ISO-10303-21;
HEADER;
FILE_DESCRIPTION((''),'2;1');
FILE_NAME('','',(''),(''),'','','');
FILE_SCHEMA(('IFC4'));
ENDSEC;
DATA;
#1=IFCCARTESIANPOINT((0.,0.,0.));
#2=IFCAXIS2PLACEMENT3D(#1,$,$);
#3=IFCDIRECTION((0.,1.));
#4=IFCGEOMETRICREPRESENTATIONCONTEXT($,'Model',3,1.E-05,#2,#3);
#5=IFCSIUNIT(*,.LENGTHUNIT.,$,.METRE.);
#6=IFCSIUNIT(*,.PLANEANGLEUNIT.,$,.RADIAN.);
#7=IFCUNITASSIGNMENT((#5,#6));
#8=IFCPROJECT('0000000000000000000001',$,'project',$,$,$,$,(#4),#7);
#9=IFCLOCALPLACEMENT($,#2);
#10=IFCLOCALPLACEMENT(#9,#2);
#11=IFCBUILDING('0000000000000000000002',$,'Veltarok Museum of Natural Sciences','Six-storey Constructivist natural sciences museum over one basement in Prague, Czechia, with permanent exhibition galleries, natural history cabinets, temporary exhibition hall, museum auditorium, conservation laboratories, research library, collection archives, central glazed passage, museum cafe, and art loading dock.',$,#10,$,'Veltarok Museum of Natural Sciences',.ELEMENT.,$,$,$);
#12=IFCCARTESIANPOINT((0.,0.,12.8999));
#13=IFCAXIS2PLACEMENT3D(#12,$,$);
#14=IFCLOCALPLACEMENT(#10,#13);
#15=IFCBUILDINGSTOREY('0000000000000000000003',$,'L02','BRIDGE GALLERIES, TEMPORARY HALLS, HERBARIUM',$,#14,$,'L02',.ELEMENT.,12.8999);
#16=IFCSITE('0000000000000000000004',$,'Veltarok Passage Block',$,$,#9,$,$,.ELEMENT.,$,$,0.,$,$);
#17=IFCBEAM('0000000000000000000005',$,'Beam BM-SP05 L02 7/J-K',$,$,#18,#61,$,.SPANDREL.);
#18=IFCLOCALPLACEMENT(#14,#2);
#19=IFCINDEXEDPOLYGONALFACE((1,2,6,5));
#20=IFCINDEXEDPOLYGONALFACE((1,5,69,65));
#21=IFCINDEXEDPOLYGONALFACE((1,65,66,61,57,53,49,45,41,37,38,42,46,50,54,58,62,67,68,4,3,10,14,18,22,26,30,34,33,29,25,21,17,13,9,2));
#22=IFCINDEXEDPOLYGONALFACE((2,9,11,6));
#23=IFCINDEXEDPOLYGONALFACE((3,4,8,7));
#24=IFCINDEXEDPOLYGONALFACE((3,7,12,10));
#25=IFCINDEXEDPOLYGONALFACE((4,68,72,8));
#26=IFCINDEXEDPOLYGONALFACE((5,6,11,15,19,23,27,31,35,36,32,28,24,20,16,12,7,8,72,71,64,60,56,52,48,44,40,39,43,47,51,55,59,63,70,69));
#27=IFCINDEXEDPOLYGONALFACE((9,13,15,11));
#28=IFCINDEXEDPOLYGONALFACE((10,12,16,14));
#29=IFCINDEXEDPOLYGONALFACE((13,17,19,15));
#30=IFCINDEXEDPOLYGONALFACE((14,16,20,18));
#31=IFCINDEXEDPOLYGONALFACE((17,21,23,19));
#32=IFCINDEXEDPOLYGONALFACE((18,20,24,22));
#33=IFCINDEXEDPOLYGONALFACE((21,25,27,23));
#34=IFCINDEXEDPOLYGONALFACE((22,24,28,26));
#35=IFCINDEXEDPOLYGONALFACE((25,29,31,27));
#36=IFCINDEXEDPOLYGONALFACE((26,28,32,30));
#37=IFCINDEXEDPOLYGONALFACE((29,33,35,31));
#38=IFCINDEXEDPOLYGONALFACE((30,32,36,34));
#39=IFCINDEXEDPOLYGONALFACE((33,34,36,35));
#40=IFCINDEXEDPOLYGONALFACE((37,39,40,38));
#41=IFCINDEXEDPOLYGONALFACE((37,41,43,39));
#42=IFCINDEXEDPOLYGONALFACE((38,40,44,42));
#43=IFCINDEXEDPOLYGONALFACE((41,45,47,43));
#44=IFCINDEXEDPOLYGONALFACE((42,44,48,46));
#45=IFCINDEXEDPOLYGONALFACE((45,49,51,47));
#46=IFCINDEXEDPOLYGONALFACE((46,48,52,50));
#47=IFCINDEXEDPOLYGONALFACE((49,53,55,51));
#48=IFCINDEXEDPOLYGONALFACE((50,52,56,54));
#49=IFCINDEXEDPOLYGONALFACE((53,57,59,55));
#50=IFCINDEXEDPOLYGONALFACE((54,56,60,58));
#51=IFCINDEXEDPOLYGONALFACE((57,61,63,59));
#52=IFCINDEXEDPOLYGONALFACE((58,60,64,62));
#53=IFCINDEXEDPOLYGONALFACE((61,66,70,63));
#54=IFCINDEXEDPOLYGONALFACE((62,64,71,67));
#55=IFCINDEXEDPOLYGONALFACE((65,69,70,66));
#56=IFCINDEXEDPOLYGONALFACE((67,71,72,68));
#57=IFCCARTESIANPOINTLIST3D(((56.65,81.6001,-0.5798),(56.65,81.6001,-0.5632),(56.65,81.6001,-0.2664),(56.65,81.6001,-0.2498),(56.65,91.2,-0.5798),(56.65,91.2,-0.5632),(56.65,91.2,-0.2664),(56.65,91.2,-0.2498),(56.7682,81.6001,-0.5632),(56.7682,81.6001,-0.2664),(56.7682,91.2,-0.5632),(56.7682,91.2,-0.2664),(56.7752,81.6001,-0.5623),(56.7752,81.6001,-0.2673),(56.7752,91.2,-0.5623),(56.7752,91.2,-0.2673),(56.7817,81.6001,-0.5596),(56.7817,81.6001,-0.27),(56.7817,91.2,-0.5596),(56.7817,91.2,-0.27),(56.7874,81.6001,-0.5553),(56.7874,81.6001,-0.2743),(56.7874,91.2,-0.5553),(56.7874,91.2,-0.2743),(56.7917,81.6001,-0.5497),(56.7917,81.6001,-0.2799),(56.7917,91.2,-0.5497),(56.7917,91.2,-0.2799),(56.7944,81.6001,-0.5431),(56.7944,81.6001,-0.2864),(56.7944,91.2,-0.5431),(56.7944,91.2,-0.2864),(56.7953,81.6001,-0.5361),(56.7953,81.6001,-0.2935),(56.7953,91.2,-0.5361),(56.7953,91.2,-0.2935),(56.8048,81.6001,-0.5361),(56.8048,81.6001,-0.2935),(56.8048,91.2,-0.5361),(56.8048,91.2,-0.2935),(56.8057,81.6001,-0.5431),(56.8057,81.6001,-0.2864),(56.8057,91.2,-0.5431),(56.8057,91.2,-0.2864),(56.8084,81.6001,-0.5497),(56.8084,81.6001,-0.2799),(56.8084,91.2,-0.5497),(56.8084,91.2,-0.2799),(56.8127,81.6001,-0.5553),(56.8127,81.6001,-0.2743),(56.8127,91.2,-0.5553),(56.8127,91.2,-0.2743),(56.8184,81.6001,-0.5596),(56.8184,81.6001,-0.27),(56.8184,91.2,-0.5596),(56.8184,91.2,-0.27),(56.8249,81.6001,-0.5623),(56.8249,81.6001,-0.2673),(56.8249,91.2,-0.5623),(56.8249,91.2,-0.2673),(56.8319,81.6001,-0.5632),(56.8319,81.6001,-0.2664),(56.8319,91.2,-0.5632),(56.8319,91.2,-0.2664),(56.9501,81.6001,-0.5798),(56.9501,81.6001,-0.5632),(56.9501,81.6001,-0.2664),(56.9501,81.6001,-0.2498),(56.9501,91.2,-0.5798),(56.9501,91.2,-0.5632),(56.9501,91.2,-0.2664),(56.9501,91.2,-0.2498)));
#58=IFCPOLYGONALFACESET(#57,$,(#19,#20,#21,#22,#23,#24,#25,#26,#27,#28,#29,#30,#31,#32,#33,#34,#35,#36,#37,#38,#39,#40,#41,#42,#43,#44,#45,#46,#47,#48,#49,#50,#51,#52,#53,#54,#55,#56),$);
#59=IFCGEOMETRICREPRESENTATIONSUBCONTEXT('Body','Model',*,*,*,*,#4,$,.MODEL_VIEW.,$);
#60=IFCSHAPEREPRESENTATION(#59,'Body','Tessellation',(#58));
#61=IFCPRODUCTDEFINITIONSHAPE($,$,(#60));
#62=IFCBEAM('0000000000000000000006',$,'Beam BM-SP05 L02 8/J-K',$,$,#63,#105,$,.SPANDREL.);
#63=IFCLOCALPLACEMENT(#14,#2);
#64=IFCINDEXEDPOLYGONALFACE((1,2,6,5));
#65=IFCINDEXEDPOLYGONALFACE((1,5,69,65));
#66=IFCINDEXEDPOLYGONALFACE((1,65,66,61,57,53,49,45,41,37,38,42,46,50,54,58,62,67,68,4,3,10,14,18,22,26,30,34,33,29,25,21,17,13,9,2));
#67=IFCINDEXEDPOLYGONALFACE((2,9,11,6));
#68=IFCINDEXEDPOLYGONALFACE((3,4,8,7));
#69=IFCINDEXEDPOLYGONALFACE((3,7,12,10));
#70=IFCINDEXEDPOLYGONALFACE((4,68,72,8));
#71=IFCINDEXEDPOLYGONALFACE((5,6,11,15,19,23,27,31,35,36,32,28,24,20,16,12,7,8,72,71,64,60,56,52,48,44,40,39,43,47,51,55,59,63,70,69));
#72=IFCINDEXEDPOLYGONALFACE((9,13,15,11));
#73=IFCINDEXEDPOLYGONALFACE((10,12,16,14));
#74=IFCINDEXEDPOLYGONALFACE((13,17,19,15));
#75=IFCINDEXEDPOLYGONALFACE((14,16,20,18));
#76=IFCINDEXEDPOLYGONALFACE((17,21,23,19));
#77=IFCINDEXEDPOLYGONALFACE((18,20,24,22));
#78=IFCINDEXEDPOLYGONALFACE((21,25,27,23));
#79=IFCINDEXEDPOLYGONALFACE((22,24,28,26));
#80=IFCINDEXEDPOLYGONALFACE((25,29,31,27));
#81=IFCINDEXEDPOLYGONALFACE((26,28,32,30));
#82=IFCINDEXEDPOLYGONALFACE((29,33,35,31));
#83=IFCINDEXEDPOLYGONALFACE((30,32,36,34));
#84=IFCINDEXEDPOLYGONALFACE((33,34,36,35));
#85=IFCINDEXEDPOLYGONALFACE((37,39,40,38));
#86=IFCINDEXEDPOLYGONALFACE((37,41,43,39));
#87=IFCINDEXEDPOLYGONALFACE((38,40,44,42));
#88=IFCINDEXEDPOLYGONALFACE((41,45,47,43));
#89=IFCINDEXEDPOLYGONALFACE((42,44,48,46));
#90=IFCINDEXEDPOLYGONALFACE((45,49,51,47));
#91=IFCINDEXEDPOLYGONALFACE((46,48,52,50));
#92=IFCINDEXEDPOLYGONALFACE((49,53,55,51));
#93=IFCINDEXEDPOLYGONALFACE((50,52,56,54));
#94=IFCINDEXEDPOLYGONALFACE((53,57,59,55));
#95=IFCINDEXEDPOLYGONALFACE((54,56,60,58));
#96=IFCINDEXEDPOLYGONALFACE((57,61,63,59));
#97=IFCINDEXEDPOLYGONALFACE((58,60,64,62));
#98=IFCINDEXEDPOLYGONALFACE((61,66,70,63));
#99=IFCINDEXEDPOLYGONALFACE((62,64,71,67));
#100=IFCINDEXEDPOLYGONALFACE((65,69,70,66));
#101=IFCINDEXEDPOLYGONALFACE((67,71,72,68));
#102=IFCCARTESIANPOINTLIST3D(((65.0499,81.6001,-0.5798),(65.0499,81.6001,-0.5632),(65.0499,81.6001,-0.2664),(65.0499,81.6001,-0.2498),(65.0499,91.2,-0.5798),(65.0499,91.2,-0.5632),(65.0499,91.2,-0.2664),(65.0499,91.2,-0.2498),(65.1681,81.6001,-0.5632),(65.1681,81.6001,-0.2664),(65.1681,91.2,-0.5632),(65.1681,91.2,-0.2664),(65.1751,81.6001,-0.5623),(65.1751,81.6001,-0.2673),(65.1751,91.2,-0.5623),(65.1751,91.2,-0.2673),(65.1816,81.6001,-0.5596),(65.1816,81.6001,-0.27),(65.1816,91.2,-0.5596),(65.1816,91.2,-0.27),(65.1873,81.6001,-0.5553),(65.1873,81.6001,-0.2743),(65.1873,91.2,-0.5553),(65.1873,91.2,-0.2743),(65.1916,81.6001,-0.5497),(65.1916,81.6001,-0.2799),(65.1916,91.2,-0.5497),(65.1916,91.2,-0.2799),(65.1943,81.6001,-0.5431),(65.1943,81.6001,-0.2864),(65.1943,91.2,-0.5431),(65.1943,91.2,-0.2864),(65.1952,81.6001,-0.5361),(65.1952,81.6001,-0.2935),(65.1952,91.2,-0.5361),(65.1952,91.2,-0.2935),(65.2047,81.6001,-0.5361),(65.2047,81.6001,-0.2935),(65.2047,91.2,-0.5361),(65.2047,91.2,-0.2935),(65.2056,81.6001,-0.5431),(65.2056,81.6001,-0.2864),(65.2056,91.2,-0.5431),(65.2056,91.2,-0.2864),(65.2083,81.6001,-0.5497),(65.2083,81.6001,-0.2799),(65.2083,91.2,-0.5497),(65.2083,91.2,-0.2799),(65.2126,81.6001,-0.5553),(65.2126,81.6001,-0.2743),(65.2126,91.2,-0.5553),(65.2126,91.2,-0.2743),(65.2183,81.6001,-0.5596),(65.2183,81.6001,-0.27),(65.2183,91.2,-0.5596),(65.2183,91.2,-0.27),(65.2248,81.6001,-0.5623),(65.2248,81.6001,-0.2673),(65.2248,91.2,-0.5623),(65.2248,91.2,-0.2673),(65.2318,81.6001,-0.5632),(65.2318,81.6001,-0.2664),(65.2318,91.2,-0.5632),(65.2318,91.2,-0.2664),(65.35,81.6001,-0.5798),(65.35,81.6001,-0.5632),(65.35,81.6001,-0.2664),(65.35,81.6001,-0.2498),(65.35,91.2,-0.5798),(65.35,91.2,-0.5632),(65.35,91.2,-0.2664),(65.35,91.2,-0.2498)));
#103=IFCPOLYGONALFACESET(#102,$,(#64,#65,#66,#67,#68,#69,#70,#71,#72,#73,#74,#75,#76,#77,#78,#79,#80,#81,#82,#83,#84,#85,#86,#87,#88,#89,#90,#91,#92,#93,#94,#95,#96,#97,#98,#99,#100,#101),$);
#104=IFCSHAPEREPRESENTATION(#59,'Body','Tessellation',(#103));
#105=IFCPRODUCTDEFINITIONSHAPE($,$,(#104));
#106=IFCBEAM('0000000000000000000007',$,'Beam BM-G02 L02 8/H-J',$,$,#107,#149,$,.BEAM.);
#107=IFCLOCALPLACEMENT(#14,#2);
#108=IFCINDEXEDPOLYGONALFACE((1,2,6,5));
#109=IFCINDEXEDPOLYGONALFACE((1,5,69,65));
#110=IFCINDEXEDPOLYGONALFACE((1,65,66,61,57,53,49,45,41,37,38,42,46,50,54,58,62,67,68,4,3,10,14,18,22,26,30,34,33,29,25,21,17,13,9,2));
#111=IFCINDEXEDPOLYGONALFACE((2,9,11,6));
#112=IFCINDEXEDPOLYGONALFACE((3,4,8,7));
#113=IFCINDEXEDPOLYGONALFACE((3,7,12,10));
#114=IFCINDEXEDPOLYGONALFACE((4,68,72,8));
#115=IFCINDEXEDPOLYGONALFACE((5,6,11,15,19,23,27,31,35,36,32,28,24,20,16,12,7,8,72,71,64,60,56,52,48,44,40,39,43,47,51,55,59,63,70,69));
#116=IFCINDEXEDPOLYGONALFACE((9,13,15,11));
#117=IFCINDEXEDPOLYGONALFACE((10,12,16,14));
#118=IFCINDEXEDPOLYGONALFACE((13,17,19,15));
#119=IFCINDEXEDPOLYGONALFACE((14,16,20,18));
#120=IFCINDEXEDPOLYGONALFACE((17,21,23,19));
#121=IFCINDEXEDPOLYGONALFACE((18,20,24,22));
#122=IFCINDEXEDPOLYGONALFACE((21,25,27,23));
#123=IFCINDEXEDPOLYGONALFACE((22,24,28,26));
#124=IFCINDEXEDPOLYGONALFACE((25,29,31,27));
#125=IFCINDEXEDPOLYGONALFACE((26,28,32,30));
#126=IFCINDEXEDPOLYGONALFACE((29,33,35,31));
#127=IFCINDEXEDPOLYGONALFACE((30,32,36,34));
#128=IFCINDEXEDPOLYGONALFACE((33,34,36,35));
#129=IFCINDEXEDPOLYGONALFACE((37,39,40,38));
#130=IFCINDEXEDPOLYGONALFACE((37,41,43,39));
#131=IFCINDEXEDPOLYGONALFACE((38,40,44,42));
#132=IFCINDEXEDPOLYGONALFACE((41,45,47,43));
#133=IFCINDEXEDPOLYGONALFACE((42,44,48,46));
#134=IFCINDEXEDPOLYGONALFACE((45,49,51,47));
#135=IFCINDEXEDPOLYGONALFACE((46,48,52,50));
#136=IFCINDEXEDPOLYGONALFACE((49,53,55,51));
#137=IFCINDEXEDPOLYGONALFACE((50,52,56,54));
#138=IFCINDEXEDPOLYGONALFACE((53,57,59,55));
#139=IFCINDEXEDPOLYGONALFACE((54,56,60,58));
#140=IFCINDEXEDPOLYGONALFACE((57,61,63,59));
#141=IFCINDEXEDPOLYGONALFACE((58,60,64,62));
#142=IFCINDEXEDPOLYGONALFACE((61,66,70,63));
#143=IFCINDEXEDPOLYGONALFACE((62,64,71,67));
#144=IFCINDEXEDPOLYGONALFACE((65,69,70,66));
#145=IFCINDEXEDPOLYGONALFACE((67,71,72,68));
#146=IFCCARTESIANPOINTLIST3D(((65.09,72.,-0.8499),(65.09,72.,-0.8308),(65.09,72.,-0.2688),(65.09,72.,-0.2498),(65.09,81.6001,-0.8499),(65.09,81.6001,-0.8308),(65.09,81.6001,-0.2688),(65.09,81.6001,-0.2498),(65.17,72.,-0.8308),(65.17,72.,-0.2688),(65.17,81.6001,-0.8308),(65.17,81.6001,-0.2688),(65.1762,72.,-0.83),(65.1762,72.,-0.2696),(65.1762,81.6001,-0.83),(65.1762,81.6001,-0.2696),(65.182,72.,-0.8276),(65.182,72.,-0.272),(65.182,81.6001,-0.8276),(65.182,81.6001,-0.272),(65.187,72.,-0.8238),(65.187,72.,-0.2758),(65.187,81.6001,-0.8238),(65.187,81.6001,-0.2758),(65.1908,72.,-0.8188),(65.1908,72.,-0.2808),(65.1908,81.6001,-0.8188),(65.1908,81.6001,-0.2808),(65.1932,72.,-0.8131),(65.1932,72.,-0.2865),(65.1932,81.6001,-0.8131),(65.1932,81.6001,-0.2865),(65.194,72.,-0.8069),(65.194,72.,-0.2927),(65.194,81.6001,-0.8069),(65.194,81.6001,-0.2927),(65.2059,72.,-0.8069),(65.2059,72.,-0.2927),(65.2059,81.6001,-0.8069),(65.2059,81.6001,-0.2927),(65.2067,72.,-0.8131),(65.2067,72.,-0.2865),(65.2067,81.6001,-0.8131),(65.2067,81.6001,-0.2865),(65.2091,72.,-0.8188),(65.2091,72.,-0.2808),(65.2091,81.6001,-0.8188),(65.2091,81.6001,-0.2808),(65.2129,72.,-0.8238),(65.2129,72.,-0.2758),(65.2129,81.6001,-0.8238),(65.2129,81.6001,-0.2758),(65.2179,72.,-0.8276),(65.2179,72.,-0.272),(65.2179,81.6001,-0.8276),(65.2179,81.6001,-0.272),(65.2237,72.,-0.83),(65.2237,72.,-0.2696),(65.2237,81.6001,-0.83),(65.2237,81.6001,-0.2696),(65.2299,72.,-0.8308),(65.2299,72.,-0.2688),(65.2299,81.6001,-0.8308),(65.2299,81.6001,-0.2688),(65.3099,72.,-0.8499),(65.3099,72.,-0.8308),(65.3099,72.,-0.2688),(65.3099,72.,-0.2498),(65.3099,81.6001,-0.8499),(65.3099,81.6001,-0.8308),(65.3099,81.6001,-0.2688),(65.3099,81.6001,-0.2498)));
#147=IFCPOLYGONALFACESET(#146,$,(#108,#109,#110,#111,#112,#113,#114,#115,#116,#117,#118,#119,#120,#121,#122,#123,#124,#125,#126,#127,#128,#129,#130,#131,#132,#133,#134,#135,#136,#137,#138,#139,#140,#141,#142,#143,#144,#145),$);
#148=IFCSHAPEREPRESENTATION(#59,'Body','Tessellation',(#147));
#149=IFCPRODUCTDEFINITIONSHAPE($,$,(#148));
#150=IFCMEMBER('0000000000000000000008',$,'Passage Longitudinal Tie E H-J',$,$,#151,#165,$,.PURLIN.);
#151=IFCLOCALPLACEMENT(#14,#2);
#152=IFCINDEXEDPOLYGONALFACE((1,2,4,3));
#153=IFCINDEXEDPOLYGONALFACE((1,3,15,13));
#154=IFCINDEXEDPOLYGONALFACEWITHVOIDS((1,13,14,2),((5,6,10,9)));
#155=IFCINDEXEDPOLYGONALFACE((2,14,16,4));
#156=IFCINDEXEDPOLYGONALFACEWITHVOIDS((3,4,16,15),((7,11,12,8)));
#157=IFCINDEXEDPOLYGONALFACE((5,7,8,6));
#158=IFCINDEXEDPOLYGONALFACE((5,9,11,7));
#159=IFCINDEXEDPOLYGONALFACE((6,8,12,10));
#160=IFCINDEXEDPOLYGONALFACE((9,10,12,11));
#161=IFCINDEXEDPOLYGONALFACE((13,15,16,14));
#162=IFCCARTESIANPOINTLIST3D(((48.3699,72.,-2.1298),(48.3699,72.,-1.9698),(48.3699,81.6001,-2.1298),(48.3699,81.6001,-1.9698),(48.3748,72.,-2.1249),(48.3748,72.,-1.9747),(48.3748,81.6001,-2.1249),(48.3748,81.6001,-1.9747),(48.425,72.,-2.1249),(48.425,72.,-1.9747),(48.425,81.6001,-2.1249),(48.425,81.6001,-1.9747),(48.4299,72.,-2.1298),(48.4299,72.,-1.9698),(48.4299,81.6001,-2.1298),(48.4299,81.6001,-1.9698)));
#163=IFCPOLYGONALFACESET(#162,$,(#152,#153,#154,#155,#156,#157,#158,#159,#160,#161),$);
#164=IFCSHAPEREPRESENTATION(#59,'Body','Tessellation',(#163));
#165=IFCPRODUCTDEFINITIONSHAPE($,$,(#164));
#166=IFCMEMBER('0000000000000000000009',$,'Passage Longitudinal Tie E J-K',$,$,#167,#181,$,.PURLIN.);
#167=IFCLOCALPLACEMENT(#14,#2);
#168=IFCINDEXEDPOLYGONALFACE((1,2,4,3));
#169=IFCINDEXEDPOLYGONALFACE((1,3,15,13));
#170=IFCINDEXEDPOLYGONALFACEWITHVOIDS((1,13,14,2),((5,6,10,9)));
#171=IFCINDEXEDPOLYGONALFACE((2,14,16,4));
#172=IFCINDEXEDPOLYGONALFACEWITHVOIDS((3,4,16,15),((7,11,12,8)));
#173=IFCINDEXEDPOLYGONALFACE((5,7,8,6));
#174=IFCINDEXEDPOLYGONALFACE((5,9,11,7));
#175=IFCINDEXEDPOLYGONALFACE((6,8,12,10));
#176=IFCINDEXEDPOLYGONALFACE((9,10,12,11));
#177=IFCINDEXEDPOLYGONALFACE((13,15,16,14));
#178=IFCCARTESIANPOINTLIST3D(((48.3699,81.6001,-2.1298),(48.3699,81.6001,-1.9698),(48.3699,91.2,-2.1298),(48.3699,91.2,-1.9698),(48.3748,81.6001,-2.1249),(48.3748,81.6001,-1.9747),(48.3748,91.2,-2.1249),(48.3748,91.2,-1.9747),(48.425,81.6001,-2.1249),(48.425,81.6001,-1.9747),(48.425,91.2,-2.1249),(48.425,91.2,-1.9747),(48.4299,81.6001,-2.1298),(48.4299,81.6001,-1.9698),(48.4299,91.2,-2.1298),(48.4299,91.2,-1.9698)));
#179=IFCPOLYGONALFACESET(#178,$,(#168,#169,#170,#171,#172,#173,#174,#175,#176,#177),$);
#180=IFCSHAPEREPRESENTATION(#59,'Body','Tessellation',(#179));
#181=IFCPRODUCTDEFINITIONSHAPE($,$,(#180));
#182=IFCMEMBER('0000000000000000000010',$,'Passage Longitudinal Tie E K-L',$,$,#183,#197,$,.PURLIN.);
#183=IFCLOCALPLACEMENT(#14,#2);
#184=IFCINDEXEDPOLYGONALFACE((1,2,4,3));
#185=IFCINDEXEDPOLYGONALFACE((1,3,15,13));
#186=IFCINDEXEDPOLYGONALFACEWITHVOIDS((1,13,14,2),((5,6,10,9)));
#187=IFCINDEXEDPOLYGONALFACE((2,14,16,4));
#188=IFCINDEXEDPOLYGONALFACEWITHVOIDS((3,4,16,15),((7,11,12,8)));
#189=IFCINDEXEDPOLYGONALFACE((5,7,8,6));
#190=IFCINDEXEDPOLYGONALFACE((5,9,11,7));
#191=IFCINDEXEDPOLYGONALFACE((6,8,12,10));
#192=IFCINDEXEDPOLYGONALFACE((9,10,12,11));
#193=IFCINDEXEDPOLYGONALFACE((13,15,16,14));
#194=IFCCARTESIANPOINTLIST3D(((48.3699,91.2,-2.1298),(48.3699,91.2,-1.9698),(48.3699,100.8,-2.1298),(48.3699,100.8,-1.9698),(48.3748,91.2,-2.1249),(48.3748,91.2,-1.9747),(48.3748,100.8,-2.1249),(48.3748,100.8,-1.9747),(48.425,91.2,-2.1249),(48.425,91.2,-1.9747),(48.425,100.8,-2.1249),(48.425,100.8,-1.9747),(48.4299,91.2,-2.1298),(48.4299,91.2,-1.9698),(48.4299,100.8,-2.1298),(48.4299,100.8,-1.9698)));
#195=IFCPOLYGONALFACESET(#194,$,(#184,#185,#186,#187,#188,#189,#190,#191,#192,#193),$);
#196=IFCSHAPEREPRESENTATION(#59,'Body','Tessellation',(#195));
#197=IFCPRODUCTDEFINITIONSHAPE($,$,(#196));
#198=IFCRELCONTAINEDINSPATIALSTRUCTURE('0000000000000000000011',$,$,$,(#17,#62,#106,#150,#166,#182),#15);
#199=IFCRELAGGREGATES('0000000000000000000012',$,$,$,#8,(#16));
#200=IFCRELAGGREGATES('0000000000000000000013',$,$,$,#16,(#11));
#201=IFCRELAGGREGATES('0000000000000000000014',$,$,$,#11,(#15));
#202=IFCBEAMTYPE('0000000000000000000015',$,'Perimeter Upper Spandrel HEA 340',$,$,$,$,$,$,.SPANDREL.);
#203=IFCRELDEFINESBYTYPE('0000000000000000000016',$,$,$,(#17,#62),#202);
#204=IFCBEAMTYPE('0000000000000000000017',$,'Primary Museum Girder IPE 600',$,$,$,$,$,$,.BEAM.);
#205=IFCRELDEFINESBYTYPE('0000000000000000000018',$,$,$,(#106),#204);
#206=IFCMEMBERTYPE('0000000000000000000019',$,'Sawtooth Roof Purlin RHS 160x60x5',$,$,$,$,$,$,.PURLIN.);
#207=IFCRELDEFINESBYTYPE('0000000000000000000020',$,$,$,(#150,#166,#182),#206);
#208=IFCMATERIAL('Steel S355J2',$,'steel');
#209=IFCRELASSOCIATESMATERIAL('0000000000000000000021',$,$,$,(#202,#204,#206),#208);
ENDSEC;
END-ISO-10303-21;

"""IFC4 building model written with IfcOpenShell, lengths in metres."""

from ifc_helpers import new_model, si_unit, direction, frame, origin, origin_2d, place, context, subcontext, project, spatial, hollow_rectangle, i_section, extrude, material, material_profile, profile_set, type_object, element, save


model = new_model("IFC4")

# Units and contexts
model_context = context("Model", 3, precision=1e-05, world=origin(), true_north=direction((0.0, 1.0)))
body_context = subcontext(model_context, "Body", "Model", "MODEL_VIEW")
ifc_project = project(units=[si_unit("LENGTHUNIT", "METRE"), si_unit("PLANEANGLEUNIT", "RADIAN")], contexts=[model_context])

# Site, building, storey
site_placement = place(None, origin())
site = spatial("IfcSite", under=ifc_project, at=site_placement, Name="Veltarok Passage Block", CompositionType="ELEMENT", RefElevation=0.0)
building_placement = place(site_placement, origin())
building = spatial("IfcBuilding", under=site, at=building_placement, Name="Veltarok Museum of Natural Sciences", Description="Six-storey Constructivist natural sciences museum over one basement in Prague, Czechia, with permanent exhibition galleries, natural history cabinets, temporary exhibition hall, museum auditorium, conservation laboratories, research library, collection archives, central glazed passage, museum cafe, and art loading dock.", LongName="Veltarok Museum of Natural Sciences", CompositionType="ELEMENT")
storey_placement = place(building_placement, frame((0.0, 0.0, 12.8999)))
storey = spatial("IfcBuildingStorey", under=building, at=storey_placement, Name="L02", Description="BRIDGE GALLERIES, TEMPORARY HALLS, HERBARIUM", LongName="L02", CompositionType="ELEMENT", Elevation=12.8999)

# Shared definitions
ifc_material_1 = material(Name="Steel S355J2", Category="steel")

# Beams
ifc_material_profile_1 = material_profile(ifc_material_1, i_section(OverallWidth=0.3, OverallDepth=0.3301, WebThickness=0.0095, FlangeThickness=0.0166, FilletRadius=0.0271, at=origin_2d()), Name="HEA 340")
ifc_profile_set_1 = profile_set([ifc_material_profile_1], Name="Steel S355J2")
beam_type_1 = type_object("IfcBeamType", Name="Perimeter Upper Spandrel HEA 340", PredefinedType="SPANDREL", material=ifc_profile_set_1)
for number, where, z_axis, x_axis, name in (
    (1, (56.8, 81.6001, -0.4148), (0.0, 1.0, 0.0), (-1.0, 0.0, 0.0), "Beam BM-SP05 L02 7/J-K"),
    (2, (65.2, 81.6001, -0.4148), (0.0, 1.0, 0.0), (-1.0, 0.0, 0.0), "Beam BM-SP05 L02 8/J-K"),
):
    element("IfcBeam", number, at=place(storey_placement, frame(where, z_axis=z_axis, x_axis=x_axis)), inside=storey, type_object=beam_type_1, Name=name, PredefinedType="SPANDREL", context=body_context, shape_type="SweptSolid", body=[
        extrude(i_section(OverallWidth=0.3, OverallDepth=0.3301, WebThickness=0.0095, FlangeThickness=0.0166, FilletRadius=0.0271, at=origin_2d()), origin(), (0.0, 0.0, 1.0), 9.5999),
    ])
ifc_material_profile_2 = material_profile(ifc_material_1, i_section(OverallWidth=0.22, OverallDepth=0.6001, WebThickness=0.012, FlangeThickness=0.019, FilletRadius=0.0239, at=origin_2d()), Name="IPE 600")
ifc_profile_set_2 = profile_set([ifc_material_profile_2], Name="Steel S355J2")
beam_type_2 = type_object("IfcBeamType", Name="Primary Museum Girder IPE 600", PredefinedType="BEAM", material=ifc_profile_set_2)
beam_1_placement = place(storey_placement, frame((65.2, 72.0, -0.5498), z_axis=(0.0, 1.0, 0.0), x_axis=(-1.0, 0.0, 0.0)))
element("IfcBeam", 3, at=beam_1_placement, inside=storey, type_object=beam_type_2, Name="Beam BM-G02 L02 8/H-J", PredefinedType="BEAM", context=body_context, shape_type="SweptSolid", body=[
    extrude(i_section(OverallWidth=0.22, OverallDepth=0.6001, WebThickness=0.012, FlangeThickness=0.019, FilletRadius=0.0239, at=origin_2d()), origin(), (0.0, 0.0, 1.0), 9.6001),
])

# Members
ifc_material_profile_3 = material_profile(ifc_material_1, hollow_rectangle(XDim=0.0601, YDim=0.1599, WallThickness=0.0049, at=origin_2d()), Name="RHS 160x60x5")
ifc_profile_set_3 = profile_set([ifc_material_profile_3], Name="Steel S355J2")
member_type_1 = type_object("IfcMemberType", Name="Sawtooth Roof Purlin RHS 160x60x5", PredefinedType="PURLIN", material=ifc_profile_set_3)
member_1_placement = place(storey_placement, frame((48.3999, 72.0, -2.0498), z_axis=(0.0, 1.0, 0.0), x_axis=(-1.0, 0.0, 0.0)))
element("IfcMember", 4, at=member_1_placement, inside=storey, type_object=member_type_1, Name="Passage Longitudinal Tie E H-J", PredefinedType="PURLIN", context=body_context, shape_type="SweptSolid", body=[
    extrude(hollow_rectangle(XDim=0.0601, YDim=0.1599, WallThickness=0.0049, at=origin_2d()), origin(), (0.0, 0.0, 1.0), 9.6001),
])
member_2_placement = place(storey_placement, frame((48.3999, 81.6001, -2.0498), z_axis=(0.0, 1.0, 0.0), x_axis=(-1.0, 0.0, 0.0)))
element("IfcMember", 5, at=member_2_placement, inside=storey, type_object=member_type_1, Name="Passage Longitudinal Tie E J-K", PredefinedType="PURLIN", context=body_context, shape_type="SweptSolid", body=[
    extrude(hollow_rectangle(XDim=0.0601, YDim=0.1599, WallThickness=0.0049, at=origin_2d()), origin(), (0.0, 0.0, 1.0), 9.5999),
])
member_3_placement = place(storey_placement, frame((48.3999, 91.2, -2.0498), z_axis=(0.0, 1.0, 0.0), x_axis=(-1.0, 0.0, 0.0)))
element("IfcMember", 6, at=member_3_placement, inside=storey, type_object=member_type_1, Name="Passage Longitudinal Tie E K-L", PredefinedType="PURLIN", context=body_context, shape_type="SweptSolid", body=[
    extrude(hollow_rectangle(XDim=0.0601, YDim=0.1599, WallThickness=0.0049, at=origin_2d()), origin(), (0.0, 0.0, 1.0), 9.6001),
])

save(model, "model.ifc")
